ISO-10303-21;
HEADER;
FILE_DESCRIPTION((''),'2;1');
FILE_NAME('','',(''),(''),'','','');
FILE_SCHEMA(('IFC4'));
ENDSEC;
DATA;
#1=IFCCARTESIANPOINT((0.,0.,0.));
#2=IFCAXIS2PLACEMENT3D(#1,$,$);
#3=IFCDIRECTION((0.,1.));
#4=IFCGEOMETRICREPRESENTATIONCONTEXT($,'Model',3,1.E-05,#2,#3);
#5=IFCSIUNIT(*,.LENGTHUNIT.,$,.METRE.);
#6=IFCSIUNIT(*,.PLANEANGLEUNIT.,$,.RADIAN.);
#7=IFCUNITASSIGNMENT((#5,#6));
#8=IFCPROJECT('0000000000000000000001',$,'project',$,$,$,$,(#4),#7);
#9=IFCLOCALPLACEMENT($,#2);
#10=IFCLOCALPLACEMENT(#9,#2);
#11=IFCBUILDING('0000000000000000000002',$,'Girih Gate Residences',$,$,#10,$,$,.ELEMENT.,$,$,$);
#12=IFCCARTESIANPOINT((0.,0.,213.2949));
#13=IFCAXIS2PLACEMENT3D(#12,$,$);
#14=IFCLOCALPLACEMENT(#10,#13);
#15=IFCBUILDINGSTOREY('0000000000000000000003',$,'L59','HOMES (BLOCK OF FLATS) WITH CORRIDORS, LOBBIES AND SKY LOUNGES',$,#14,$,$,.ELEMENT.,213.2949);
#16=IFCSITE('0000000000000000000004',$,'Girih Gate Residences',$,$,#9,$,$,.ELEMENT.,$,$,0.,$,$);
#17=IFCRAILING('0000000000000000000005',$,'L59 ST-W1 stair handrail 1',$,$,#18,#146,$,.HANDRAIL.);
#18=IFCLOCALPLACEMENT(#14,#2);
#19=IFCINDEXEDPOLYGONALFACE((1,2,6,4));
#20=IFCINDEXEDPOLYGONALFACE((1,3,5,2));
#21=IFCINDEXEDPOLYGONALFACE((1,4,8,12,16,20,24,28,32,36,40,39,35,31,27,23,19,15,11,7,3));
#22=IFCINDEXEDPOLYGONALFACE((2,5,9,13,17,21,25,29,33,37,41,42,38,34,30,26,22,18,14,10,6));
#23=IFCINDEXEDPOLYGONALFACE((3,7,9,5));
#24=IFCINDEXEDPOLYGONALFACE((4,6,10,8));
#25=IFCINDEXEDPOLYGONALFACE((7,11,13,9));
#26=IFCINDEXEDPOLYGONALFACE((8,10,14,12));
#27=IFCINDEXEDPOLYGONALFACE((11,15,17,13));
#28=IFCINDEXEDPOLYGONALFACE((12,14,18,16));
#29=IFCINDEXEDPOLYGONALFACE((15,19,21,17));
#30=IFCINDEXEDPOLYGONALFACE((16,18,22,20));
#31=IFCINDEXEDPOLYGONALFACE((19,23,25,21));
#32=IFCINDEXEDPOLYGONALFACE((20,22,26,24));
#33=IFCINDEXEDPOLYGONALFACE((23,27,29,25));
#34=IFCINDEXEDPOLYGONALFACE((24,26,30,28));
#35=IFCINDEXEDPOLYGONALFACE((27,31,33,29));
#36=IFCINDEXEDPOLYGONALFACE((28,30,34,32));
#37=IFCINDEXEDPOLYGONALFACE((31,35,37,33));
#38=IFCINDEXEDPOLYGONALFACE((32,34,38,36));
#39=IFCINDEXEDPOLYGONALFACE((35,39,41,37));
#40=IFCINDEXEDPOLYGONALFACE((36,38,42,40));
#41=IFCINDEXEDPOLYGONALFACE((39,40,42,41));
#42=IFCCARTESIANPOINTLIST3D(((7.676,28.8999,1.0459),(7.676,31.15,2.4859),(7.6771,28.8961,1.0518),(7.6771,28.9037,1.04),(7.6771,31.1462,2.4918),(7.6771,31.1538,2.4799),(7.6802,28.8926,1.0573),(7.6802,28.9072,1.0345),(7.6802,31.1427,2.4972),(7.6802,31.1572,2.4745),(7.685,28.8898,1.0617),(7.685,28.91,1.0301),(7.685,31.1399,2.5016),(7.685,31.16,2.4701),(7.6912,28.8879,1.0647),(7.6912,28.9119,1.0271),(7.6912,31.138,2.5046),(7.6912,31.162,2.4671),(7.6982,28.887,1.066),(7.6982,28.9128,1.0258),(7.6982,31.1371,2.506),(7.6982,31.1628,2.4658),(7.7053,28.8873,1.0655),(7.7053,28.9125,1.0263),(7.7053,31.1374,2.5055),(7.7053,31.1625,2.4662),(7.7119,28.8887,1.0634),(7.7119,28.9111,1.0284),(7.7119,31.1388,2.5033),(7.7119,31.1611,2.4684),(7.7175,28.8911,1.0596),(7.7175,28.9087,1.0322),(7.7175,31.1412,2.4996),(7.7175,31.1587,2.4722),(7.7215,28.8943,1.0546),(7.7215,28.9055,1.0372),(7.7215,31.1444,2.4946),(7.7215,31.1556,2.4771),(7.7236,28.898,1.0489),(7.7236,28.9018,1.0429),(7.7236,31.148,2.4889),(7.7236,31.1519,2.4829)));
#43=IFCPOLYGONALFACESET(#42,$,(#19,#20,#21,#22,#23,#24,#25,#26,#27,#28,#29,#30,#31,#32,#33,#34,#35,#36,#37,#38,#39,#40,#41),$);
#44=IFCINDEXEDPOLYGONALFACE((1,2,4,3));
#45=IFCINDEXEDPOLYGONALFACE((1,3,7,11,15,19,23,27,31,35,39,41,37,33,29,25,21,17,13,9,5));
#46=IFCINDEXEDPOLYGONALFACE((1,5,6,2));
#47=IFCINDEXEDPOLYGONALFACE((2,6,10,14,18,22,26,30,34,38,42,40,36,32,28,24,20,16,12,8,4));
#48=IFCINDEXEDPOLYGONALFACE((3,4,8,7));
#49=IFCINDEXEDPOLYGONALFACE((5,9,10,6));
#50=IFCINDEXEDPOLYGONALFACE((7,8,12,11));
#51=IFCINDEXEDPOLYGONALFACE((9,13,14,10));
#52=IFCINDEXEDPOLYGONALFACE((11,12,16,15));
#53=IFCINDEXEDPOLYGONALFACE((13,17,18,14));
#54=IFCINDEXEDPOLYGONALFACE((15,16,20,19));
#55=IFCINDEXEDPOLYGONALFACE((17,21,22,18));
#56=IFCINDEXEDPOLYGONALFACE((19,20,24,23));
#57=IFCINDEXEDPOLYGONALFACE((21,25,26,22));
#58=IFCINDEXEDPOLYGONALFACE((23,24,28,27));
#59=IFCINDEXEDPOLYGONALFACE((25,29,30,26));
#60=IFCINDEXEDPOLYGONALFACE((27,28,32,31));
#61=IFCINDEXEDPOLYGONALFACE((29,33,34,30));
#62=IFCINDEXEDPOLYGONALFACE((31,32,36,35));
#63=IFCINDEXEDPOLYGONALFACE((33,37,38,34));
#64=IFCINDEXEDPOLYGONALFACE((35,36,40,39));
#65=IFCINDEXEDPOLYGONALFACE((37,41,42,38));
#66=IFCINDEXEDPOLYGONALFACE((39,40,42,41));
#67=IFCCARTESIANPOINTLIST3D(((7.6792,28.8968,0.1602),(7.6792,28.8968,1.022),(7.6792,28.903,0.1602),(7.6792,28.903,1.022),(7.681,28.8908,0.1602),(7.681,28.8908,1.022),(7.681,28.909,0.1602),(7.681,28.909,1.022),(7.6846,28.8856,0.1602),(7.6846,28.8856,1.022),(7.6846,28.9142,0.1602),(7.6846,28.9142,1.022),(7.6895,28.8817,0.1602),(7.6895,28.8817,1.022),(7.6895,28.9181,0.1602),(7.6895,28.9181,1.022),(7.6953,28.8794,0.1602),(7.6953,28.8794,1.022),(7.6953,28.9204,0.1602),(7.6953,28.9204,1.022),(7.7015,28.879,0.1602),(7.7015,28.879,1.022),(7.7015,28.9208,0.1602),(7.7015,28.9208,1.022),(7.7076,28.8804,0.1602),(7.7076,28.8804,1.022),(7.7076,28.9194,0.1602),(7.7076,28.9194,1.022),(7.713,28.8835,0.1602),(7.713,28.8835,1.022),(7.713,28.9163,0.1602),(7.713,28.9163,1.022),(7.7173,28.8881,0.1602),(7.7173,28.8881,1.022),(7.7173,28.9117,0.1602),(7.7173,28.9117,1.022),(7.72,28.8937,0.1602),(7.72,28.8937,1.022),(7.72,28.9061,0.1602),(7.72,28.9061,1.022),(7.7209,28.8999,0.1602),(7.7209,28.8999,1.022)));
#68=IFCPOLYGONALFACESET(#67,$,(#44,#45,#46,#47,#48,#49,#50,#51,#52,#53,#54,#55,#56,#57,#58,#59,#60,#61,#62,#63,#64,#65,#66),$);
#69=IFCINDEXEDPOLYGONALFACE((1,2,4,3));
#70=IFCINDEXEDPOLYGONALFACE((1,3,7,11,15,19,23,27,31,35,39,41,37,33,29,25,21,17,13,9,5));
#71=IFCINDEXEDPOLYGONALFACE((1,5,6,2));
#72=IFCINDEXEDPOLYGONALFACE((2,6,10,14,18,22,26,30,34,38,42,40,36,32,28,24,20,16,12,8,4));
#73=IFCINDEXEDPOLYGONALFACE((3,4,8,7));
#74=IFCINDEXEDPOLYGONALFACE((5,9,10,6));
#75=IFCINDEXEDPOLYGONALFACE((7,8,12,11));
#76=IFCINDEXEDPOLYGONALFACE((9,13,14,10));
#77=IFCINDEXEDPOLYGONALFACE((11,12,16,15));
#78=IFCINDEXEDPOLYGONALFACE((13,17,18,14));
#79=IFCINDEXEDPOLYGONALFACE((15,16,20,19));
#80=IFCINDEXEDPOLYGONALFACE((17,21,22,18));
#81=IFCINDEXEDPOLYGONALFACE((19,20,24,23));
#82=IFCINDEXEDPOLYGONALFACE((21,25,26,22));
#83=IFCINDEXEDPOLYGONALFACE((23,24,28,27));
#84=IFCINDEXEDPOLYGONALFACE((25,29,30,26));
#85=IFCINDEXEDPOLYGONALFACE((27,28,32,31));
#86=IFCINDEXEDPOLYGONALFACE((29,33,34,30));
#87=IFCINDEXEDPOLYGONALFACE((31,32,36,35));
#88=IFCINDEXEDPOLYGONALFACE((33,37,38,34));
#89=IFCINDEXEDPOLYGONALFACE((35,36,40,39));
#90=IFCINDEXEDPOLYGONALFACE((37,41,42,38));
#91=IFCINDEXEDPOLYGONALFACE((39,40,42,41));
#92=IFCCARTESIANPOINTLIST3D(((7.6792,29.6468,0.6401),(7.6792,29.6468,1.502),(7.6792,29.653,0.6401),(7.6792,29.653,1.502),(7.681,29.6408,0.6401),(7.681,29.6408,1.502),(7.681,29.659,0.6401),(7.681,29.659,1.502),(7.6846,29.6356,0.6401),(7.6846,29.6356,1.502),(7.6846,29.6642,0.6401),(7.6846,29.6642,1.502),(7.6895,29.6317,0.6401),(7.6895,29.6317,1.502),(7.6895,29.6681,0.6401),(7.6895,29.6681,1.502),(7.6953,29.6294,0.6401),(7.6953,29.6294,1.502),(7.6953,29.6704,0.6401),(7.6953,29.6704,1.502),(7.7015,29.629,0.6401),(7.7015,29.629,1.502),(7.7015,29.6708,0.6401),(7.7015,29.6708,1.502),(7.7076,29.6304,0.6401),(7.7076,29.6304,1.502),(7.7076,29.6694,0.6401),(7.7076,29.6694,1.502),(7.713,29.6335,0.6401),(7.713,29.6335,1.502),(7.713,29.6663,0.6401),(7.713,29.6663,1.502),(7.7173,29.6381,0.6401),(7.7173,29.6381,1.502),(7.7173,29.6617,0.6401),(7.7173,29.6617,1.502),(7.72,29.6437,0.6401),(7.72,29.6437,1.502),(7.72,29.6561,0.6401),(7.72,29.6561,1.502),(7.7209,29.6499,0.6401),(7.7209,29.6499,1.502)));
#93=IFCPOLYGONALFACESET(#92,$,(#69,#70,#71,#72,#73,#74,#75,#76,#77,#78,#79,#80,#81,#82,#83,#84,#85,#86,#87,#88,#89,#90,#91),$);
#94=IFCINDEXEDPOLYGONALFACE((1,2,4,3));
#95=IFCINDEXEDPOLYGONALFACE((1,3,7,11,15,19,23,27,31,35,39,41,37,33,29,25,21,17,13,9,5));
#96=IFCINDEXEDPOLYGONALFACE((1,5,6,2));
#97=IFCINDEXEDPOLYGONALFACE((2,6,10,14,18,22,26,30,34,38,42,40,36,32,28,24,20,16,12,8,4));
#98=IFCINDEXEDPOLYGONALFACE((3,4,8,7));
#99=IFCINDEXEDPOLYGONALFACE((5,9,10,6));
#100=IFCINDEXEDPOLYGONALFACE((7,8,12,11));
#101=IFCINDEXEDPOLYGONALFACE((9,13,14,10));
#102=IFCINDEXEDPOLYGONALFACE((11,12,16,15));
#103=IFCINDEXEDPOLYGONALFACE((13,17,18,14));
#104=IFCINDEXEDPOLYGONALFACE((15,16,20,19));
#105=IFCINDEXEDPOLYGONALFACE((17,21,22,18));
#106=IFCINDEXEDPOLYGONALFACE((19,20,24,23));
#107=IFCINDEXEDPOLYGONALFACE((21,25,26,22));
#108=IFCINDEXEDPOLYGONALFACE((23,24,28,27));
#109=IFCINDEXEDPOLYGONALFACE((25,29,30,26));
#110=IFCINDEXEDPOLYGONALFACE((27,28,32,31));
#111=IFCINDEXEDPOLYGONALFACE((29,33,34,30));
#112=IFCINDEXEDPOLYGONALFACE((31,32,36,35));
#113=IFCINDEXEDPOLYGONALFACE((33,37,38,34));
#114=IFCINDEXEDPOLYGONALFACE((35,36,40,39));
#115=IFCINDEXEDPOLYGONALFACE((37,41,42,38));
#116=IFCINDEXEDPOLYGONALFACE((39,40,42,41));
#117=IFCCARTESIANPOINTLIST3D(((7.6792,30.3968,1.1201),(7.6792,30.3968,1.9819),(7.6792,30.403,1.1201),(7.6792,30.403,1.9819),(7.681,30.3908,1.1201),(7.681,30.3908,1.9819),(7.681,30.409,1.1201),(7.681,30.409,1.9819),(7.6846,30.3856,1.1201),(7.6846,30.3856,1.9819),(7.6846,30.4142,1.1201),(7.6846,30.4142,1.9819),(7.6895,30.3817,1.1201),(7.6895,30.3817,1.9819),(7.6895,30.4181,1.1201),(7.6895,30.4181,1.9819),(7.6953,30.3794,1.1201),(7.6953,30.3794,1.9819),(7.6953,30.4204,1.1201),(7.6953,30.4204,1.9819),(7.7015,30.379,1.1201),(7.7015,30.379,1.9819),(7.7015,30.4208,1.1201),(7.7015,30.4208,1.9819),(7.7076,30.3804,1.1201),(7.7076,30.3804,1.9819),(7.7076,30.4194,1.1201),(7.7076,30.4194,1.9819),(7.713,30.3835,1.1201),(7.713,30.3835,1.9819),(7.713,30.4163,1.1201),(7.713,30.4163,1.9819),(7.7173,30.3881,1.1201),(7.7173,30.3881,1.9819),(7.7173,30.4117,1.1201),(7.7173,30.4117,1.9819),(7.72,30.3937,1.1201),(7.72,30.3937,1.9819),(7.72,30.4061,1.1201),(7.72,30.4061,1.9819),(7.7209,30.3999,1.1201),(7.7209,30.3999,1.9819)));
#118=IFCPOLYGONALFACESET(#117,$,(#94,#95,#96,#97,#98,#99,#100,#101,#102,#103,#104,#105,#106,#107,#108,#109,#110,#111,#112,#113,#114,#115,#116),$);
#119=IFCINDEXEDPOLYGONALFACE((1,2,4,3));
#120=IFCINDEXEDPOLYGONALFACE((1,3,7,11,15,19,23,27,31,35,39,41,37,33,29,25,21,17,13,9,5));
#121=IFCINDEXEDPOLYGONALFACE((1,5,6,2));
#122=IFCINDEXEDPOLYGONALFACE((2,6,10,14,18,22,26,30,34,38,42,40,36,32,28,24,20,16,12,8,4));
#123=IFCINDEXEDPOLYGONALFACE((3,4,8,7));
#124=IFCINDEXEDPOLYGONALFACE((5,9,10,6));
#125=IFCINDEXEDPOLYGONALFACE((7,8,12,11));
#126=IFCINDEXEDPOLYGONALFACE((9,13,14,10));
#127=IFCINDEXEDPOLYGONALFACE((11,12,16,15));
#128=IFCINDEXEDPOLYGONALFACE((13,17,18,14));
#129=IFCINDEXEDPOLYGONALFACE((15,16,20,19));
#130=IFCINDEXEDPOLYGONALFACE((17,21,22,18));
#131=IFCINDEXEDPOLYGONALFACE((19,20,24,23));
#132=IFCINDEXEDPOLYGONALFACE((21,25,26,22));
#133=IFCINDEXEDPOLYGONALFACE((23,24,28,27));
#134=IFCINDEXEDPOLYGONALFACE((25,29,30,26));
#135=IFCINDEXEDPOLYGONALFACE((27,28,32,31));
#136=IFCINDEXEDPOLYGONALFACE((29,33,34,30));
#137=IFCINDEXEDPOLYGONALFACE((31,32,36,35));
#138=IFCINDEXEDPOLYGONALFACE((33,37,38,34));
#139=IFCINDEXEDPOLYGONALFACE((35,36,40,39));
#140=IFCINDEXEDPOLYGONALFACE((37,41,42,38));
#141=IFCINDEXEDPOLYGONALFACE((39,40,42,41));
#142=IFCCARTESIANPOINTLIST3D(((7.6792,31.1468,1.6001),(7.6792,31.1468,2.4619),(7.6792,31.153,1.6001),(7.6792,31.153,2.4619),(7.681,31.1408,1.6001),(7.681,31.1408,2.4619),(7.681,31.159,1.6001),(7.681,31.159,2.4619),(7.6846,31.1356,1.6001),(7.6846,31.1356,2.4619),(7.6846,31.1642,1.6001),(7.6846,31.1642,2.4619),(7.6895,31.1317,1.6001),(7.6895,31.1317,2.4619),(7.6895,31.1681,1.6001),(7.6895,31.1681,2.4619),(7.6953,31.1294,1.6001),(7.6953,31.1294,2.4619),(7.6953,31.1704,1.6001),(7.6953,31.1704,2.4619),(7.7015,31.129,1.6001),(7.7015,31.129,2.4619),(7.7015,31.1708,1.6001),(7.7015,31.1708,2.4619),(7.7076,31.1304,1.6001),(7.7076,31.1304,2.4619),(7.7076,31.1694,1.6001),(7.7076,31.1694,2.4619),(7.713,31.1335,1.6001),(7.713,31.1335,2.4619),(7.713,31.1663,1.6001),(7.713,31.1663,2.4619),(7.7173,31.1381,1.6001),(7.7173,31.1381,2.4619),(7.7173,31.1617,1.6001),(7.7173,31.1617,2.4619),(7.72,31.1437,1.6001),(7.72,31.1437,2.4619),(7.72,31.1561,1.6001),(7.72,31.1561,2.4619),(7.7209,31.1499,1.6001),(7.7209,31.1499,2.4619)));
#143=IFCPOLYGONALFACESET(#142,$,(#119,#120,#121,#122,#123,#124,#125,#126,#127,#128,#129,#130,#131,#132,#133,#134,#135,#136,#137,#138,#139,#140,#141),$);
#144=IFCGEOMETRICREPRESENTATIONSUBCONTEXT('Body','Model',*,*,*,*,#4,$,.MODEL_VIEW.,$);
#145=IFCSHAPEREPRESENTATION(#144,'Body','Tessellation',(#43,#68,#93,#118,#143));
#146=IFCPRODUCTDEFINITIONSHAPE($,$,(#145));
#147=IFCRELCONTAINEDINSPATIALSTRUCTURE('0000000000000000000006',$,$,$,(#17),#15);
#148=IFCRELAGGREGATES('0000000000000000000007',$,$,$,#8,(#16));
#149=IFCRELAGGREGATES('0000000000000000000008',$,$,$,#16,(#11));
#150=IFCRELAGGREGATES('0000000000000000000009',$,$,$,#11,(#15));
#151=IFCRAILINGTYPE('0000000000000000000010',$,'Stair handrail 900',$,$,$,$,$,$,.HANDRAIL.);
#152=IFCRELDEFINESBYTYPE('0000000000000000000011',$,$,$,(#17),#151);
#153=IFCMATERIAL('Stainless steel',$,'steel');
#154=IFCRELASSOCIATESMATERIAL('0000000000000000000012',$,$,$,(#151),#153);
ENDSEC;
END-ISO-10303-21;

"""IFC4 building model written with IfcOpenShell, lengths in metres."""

from ifc_helpers import new_model, si_unit, direction, frame, origin, origin_2d, place, context, subcontext, project, spatial, circle, extrude, material, type_object, element, save


model = new_model("IFC4")

# Units and contexts
model_context = context("Model", 3, precision=1e-05, world=origin(), true_north=direction((0.0, 1.0)))
body_context = subcontext(model_context, "Body", "Model", "MODEL_VIEW")
ifc_project = project(units=[si_unit("LENGTHUNIT", "METRE"), si_unit("PLANEANGLEUNIT", "RADIAN")], contexts=[model_context])

# Site, building, storey
site_placement = place(None, origin())
site = spatial("IfcSite", under=ifc_project, at=site_placement, Name="Girih Gate Residences", CompositionType="ELEMENT", RefElevation=0.0)
building_placement = place(site_placement, origin())
building = spatial("IfcBuilding", under=site, at=building_placement, Name="Girih Gate Residences", CompositionType="ELEMENT")
storey_placement = place(building_placement, frame((0.0, 0.0, 213.2949)))
storey = spatial("IfcBuildingStorey", under=building, at=storey_placement, Name="L59", Description="HOMES (BLOCK OF FLATS) WITH CORRIDORS, LOBBIES AND SKY LOUNGES", CompositionType="ELEMENT", Elevation=213.2949)

# Railing
ifc_material_1 = material(Name="Stainless steel", Category="steel")
railing_type_1 = type_object("IfcRailingType", Name="Stair handrail 900", PredefinedType="HANDRAIL", material=ifc_material_1)
for number, where, name in (
    (1, (7.7, 28.8999, 0.1602), "L59 ST-W1 stair handrail 1"),
):
    element("IfcRailing", number, at=place(storey_placement, frame(where)), inside=storey, type_object=railing_type_1, Name=name, PredefinedType="HANDRAIL", context=body_context, shape_type="SweptSolid", body=[
        extrude(circle(Radius=0.0239, at=origin_2d()), frame((0.0, 0.0, 0.8857), z_axis=(0.0, 0.842281, 0.539038), x_axis=(-1.0, 0.0, 0.0)), (0.0, 0.0, 1.0), 2.6714),
        extrude(circle(Radius=0.021, at=origin_2d()), origin(), (0.0, 0.0, 1.0), 0.8618),
        extrude(circle(Radius=0.021, at=origin_2d()), frame((0.0, 0.75, 0.48)), (0.0, 0.0, 1.0), 0.8618),
        extrude(circle(Radius=0.021, at=origin_2d()), frame((0.0, 1.5, 0.96)), (0.0, 0.0, 1.0), 0.8618),
        extrude(circle(Radius=0.021, at=origin_2d()), frame((0.0, 2.25, 1.4399)), (0.0, 0.0, 1.0), 0.8618),
    ])

save(model, "model.ifc")
